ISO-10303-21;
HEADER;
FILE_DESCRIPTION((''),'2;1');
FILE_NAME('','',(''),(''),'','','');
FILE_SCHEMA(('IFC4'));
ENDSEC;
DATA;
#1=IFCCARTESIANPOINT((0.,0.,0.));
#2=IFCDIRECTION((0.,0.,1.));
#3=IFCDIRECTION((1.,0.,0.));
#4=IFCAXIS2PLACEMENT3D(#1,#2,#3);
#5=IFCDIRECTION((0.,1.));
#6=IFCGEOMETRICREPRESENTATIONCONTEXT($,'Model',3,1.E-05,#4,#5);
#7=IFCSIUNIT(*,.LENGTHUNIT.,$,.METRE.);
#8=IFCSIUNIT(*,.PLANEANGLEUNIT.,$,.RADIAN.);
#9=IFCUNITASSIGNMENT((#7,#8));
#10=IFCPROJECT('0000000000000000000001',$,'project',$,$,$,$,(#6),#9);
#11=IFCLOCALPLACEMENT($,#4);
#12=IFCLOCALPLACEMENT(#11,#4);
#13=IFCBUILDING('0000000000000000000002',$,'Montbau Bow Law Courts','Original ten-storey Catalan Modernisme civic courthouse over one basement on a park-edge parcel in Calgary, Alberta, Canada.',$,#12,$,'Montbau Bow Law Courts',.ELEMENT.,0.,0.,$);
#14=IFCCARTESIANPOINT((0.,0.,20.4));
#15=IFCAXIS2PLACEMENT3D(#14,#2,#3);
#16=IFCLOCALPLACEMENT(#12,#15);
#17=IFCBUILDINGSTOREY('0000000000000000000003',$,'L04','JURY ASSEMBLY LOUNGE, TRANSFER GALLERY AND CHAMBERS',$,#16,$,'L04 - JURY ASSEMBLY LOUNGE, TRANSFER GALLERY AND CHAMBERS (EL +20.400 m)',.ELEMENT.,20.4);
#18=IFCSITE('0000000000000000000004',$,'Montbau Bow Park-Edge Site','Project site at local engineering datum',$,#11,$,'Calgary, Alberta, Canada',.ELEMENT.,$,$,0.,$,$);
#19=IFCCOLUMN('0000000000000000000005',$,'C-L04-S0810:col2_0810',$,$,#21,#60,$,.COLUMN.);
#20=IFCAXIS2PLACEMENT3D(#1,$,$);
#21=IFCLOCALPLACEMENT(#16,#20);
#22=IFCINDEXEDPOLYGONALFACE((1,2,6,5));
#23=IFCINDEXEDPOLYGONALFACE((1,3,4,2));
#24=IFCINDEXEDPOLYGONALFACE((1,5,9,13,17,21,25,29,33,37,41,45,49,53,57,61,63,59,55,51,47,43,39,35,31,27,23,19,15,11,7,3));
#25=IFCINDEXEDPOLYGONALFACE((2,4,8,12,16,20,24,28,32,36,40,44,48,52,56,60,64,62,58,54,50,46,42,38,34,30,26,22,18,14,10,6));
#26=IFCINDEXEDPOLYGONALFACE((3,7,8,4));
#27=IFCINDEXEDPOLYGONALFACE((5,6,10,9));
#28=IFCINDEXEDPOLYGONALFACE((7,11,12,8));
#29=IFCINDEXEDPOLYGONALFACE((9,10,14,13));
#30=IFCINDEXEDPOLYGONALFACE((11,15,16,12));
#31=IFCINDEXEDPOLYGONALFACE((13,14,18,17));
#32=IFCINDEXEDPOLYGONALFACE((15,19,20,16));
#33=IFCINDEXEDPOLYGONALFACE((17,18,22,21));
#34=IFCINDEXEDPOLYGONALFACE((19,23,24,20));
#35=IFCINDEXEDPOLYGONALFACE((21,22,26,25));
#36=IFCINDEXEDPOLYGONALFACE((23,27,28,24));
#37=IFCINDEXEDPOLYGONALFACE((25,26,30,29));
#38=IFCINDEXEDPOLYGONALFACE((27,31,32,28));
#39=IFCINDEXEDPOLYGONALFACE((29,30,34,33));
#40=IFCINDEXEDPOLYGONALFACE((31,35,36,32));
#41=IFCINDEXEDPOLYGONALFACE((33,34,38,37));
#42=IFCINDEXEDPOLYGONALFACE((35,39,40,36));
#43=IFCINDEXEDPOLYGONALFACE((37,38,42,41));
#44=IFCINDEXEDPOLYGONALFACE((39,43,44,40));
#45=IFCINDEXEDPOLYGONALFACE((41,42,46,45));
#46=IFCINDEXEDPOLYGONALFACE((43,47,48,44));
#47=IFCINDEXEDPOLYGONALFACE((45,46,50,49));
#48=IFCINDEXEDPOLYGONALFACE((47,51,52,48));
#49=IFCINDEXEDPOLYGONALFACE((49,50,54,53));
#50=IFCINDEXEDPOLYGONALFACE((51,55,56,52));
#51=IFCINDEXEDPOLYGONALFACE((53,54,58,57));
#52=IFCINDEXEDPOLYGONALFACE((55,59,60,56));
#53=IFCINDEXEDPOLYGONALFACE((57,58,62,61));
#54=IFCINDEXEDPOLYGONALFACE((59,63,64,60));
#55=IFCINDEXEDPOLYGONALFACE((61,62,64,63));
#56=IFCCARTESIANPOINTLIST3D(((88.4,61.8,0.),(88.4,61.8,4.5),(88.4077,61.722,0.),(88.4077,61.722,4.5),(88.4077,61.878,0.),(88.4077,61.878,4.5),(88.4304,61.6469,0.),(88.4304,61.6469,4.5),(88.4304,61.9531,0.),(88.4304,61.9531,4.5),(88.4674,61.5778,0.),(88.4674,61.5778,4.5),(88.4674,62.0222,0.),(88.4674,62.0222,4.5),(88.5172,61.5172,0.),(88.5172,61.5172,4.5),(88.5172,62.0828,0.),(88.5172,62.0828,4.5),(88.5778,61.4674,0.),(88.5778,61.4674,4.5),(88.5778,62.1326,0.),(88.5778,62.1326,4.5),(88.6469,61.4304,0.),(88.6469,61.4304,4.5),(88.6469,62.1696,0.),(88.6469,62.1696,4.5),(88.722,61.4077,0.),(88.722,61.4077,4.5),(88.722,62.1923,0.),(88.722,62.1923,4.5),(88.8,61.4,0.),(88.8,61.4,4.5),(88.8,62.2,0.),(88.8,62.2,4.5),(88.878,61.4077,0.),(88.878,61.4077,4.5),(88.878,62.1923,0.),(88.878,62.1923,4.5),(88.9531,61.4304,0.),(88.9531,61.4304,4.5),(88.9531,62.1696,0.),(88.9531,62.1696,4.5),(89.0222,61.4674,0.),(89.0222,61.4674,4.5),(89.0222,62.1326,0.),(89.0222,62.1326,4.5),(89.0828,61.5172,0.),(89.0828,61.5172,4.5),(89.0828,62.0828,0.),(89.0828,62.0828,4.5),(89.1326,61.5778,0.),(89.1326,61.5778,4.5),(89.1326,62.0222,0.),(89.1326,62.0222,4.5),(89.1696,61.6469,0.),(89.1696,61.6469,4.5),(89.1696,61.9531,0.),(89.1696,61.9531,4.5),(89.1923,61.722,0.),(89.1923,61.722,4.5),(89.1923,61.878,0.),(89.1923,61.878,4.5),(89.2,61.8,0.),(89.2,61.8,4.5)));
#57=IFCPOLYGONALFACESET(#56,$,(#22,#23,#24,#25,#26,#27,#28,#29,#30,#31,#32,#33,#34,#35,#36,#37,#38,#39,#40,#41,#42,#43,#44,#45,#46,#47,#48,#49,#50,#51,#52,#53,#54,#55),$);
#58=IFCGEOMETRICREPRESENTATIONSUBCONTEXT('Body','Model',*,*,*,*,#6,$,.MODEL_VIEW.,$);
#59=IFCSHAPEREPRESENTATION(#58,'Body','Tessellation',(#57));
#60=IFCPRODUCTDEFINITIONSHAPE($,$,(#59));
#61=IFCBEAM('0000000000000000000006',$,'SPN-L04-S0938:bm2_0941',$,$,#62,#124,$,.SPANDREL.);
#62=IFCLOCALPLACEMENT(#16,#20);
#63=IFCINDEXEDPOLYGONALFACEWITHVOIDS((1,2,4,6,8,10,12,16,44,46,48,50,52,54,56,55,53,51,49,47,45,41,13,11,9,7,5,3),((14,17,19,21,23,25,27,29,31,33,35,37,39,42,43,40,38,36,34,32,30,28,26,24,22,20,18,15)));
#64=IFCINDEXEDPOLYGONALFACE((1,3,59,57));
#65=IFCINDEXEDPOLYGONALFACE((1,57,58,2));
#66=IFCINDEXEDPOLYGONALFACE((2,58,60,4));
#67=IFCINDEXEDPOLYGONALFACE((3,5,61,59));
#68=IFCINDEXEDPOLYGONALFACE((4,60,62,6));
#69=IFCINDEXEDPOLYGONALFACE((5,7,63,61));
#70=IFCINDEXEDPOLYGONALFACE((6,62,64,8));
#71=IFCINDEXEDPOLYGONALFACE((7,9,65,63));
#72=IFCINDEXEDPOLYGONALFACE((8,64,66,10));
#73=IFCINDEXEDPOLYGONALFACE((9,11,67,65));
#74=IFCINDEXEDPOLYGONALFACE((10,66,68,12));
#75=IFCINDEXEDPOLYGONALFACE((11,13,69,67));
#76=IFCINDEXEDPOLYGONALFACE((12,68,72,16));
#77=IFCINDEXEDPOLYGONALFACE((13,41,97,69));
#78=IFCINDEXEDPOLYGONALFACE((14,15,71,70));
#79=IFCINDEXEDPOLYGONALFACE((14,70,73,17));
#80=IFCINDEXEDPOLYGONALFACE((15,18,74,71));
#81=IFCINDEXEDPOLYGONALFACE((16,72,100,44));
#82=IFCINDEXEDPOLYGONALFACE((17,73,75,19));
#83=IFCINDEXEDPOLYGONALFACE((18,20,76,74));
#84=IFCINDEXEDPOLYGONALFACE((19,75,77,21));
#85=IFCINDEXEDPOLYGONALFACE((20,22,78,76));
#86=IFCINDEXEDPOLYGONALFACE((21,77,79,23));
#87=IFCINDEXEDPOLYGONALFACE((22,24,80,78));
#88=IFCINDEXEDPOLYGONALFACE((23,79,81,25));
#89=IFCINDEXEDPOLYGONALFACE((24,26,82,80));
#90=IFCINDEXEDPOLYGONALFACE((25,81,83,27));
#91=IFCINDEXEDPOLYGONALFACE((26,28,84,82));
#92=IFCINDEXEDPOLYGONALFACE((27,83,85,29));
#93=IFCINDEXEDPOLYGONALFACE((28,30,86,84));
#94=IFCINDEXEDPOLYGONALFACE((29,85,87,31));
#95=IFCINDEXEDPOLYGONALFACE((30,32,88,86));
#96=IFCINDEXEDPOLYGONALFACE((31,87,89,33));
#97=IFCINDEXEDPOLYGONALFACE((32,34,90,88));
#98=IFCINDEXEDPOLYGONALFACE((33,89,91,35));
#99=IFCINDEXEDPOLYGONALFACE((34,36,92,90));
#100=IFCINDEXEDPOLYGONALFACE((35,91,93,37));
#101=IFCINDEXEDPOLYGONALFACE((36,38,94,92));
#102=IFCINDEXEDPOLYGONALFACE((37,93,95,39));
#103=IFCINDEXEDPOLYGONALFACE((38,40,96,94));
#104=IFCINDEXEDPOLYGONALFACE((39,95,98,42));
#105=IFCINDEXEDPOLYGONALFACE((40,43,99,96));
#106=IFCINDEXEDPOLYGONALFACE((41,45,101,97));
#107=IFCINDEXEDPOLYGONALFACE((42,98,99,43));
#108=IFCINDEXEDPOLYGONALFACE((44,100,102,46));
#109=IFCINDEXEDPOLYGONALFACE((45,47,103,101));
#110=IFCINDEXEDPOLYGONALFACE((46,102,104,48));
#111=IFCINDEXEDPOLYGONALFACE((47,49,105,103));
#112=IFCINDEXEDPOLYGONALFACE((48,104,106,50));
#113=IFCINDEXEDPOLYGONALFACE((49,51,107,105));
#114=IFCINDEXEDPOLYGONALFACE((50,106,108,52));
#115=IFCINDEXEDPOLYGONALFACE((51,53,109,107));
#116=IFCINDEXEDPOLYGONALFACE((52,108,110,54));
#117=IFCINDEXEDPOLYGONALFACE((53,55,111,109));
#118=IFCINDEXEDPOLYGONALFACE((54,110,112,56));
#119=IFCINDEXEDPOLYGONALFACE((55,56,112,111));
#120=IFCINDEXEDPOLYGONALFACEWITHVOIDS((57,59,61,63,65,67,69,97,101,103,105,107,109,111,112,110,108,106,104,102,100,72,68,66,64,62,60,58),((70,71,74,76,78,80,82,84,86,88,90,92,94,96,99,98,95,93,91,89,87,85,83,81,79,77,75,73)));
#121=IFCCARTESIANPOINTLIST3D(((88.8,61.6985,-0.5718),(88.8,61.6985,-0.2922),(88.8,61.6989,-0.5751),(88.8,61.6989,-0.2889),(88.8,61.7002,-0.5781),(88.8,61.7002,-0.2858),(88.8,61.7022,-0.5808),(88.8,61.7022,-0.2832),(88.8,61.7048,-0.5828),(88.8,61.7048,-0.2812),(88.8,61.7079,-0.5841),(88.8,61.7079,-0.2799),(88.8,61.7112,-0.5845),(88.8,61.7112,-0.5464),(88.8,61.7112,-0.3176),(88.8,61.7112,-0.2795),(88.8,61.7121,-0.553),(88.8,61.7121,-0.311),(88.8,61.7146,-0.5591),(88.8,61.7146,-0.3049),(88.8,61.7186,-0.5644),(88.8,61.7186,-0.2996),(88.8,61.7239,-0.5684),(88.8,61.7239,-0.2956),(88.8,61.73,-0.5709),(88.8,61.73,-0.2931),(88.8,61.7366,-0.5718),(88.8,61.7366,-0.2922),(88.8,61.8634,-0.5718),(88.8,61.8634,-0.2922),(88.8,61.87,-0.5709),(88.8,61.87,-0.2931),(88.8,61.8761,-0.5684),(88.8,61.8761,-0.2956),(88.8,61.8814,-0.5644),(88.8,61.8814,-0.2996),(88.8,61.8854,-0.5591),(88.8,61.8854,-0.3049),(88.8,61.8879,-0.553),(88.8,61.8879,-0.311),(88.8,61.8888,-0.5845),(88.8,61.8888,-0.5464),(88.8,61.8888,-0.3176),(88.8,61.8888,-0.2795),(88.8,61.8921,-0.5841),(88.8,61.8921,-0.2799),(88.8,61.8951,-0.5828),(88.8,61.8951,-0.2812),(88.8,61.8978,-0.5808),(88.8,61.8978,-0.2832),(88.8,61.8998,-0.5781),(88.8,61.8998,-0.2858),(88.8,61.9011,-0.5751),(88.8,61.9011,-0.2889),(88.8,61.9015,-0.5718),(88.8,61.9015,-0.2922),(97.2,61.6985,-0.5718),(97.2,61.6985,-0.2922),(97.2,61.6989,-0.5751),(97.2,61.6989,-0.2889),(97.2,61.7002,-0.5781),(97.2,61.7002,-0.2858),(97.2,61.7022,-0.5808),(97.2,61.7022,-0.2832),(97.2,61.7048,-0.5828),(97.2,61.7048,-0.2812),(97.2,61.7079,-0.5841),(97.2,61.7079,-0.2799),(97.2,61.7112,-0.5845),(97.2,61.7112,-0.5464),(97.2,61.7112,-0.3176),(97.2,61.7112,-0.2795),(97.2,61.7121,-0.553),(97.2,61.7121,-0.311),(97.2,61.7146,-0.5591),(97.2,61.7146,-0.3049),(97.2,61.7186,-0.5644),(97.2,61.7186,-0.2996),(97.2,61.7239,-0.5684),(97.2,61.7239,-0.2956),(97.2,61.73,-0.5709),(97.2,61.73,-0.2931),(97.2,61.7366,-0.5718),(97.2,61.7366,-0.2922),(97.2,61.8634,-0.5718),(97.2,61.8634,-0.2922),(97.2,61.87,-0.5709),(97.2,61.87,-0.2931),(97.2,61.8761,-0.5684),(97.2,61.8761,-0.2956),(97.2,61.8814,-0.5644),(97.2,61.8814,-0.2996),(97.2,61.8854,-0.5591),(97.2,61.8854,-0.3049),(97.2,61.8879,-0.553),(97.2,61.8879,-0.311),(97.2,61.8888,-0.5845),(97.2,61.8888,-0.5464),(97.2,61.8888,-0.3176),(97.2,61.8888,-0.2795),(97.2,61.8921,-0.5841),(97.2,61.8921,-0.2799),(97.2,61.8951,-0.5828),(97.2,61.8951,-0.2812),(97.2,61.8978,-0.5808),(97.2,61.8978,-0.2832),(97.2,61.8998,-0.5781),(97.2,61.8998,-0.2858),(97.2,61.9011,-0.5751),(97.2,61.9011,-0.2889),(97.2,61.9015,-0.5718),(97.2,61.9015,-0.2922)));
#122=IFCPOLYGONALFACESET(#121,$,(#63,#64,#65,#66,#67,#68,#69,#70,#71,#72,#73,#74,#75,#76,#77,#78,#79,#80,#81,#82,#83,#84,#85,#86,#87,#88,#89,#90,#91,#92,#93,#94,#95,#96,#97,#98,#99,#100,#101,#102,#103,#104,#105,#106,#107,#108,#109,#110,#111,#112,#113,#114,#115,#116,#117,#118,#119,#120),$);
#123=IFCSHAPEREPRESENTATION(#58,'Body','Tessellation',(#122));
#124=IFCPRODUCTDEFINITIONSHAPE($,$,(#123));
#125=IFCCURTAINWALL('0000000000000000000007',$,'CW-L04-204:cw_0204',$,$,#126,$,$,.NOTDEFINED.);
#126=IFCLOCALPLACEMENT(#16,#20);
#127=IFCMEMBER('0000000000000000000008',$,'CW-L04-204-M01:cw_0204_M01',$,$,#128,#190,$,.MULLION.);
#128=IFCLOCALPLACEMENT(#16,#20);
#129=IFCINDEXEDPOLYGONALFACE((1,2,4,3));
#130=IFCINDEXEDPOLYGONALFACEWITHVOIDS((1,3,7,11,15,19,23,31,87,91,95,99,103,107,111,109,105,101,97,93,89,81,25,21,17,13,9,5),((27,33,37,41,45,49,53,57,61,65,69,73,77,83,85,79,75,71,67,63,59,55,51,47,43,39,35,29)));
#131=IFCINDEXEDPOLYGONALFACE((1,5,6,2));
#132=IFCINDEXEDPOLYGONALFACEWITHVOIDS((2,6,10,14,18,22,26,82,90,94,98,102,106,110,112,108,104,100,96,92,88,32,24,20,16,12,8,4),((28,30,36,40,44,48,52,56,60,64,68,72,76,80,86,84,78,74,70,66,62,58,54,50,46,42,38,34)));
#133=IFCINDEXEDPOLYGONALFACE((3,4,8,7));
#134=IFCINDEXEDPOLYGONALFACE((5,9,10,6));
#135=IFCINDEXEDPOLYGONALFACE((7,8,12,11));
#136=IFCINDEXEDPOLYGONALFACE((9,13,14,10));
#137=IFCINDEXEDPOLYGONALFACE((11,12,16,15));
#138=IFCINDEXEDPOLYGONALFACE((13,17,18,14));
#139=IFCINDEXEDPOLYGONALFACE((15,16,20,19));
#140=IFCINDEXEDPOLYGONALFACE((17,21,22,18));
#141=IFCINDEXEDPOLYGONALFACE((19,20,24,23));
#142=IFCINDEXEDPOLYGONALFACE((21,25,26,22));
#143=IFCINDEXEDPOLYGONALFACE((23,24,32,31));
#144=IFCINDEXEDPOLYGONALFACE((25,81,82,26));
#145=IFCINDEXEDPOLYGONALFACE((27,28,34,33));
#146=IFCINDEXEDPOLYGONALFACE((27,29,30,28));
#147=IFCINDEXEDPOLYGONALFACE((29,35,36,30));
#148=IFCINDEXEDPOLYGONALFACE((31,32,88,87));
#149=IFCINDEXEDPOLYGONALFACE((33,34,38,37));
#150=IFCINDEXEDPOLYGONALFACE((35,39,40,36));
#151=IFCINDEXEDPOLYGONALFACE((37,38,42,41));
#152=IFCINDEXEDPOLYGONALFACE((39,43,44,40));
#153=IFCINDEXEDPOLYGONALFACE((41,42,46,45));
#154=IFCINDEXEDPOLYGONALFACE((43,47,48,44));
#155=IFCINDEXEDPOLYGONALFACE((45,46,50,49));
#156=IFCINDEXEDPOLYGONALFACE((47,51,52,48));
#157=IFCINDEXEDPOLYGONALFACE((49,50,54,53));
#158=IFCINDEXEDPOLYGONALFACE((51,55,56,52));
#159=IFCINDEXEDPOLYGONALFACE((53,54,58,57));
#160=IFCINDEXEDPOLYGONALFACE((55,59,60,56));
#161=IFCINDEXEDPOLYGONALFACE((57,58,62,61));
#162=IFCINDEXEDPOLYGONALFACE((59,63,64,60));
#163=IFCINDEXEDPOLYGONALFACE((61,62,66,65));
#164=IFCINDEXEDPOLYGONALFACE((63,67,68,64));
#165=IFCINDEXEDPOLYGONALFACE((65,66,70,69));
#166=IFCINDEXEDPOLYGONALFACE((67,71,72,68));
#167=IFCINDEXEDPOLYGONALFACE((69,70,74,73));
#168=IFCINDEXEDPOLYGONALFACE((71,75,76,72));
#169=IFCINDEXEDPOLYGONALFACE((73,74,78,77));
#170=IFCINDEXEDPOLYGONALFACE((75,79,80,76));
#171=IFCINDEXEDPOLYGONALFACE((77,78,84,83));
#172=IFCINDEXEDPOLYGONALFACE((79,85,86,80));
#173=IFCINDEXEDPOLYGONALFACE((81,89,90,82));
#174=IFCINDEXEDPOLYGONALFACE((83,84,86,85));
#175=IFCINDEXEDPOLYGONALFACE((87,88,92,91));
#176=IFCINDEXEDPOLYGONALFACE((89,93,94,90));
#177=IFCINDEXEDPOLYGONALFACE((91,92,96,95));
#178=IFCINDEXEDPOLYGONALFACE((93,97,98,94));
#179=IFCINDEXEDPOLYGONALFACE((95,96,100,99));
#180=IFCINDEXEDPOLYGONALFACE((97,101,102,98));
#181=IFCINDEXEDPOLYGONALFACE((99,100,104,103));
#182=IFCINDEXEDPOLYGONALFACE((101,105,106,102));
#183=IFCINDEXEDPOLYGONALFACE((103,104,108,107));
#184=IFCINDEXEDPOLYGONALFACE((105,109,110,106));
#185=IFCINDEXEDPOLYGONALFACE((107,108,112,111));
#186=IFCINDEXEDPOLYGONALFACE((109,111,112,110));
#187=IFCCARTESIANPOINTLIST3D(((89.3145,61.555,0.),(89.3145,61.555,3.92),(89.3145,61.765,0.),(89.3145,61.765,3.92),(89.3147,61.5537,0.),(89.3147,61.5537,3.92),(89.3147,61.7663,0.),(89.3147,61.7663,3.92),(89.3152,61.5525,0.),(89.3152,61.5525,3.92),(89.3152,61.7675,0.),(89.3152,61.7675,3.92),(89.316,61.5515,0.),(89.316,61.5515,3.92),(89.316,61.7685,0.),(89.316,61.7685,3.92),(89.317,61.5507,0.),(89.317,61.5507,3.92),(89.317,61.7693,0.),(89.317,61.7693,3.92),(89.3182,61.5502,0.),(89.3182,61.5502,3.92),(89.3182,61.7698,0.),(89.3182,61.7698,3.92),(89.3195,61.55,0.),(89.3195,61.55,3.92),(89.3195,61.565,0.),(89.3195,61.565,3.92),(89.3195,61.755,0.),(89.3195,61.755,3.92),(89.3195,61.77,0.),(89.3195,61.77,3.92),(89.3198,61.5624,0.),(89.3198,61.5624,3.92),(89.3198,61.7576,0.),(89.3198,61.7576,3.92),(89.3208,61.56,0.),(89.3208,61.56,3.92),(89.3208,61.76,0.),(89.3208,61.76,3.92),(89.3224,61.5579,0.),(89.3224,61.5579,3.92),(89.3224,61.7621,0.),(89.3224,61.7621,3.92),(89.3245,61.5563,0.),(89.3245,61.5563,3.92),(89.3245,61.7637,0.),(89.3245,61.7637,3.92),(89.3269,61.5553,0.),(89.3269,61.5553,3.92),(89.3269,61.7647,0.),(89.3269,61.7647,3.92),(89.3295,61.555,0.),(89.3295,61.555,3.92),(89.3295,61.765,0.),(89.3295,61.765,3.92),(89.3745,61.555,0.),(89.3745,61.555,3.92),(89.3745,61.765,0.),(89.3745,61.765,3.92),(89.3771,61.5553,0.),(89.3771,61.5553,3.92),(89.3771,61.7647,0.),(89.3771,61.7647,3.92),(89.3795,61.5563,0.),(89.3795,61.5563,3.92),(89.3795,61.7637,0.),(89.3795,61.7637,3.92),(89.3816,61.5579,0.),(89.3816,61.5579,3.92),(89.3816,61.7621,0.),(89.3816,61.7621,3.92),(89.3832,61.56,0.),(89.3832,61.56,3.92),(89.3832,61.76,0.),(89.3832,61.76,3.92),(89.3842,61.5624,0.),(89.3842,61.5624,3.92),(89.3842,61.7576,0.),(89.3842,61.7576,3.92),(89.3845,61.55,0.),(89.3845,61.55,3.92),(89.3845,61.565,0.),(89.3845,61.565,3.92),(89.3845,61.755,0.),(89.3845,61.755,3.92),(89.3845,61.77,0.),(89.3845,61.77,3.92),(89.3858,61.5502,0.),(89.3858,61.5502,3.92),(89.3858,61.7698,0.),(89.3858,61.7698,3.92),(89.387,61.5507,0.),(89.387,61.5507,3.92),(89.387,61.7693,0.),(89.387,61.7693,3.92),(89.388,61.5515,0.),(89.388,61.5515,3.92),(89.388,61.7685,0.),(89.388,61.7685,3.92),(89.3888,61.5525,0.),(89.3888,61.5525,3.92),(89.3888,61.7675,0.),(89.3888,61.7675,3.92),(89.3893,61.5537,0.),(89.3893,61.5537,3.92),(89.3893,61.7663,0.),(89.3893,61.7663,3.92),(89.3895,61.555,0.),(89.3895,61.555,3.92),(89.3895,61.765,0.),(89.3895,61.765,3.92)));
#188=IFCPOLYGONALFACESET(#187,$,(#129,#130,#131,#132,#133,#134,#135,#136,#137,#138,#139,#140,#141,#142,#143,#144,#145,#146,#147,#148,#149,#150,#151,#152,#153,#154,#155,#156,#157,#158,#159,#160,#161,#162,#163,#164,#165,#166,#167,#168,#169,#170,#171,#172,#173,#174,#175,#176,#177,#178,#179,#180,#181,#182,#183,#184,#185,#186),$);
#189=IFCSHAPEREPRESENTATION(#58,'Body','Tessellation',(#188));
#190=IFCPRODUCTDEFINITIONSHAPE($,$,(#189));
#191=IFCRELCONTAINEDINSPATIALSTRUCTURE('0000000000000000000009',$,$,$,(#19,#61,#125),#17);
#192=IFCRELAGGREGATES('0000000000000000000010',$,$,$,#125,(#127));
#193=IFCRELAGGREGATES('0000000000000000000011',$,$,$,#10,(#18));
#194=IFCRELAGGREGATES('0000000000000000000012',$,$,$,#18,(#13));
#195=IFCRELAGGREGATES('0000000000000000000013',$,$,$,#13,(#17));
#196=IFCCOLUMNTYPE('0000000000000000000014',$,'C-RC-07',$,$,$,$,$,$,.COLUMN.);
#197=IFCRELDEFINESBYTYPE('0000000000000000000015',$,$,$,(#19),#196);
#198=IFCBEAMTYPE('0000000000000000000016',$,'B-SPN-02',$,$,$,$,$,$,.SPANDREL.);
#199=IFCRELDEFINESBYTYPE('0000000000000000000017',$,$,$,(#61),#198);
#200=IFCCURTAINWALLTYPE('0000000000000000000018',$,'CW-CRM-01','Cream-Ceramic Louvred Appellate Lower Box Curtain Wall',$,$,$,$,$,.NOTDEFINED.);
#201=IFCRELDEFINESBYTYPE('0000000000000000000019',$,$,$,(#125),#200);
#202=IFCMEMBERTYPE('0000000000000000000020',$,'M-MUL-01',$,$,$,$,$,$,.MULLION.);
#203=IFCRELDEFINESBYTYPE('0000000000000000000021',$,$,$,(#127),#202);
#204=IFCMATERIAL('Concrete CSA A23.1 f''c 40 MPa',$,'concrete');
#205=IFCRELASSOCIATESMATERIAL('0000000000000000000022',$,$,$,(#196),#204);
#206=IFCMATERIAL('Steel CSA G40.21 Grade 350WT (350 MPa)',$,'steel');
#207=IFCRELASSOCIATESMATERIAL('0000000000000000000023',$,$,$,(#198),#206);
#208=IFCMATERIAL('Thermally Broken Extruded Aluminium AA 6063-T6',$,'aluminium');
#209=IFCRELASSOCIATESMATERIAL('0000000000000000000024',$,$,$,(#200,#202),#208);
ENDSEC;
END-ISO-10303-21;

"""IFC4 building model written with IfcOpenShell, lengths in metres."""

from ifc_helpers import new_model, si_unit, direction, frame, origin_with_axes, origin_2d_with_axis, place, context, subcontext, project, spatial, hollow_rectangle, circle, extrude, material, material_profile, profile_set, type_object, element, aggregate, save


model = new_model("IFC4")

# Units and contexts
model_context = context("Model", 3, precision=1e-05, world=origin_with_axes(), true_north=direction((0.0, 1.0)))
body_context = subcontext(model_context, "Body", "Model", "MODEL_VIEW")
ifc_project = project(units=[si_unit("LENGTHUNIT", "METRE"), si_unit("PLANEANGLEUNIT", "RADIAN")], contexts=[model_context])

# Site, building, storey
site_placement = place(None, origin_with_axes())
site = spatial("IfcSite", under=ifc_project, at=site_placement, Name="Montbau Bow Park-Edge Site", Description="Project site at local engineering datum", LongName="Calgary, Alberta, Canada", CompositionType="ELEMENT", RefElevation=0.0)
building_placement = place(site_placement, origin_with_axes())
building = spatial("IfcBuilding", under=site, at=building_placement, Name="Montbau Bow Law Courts", Description="Original ten-storey Catalan Modernisme civic courthouse over one basement on a park-edge parcel in Calgary, Alberta, Canada.", LongName="Montbau Bow Law Courts", CompositionType="ELEMENT", ElevationOfRefHeight=0.0, ElevationOfTerrain=0.0)
storey_placement = place(building_placement, frame((0.0, 0.0, 20.4), z_axis=(0.0, 0.0, 1.0), x_axis=(1.0, 0.0, 0.0)))
storey = spatial("IfcBuildingStorey", under=building, at=storey_placement, Name="L04", Description="JURY ASSEMBLY LOUNGE, TRANSFER GALLERY AND CHAMBERS", LongName="L04 - JURY ASSEMBLY LOUNGE, TRANSFER GALLERY AND CHAMBERS (EL +20.400 m)", CompositionType="ELEMENT", Elevation=20.4)

# Column
ifc_material_1 = material(Name="Concrete CSA A23.1 f'c 40 MPa", Category="concrete")
ifc_material_profile_1 = material_profile(ifc_material_1, circle(Radius=0.4, at=origin_2d_with_axis()), Name="RC800D", Category="Main", Priority=0)
ifc_profile_set_1 = profile_set([ifc_material_profile_1], Name="Concrete CSA A23.1 f'c 40 MPa")
column_type = type_object("IfcColumnType", Name="C-RC-07", PredefinedType="COLUMN", material=ifc_profile_set_1)
column_placement = place(None, frame((88.8, 61.8, 20.4), z_axis=(0.0, 0.0, 1.0), x_axis=(1.0, 0.0, 0.0)))
element("IfcColumn", 1, at=column_placement, inside=storey, type_object=column_type, Name="C-L04-S0810:col2_0810", PredefinedType="COLUMN", context=body_context, shape_type="SweptSolid", body=[
    extrude(circle(Radius=0.4, at=origin_2d_with_axis()), origin_with_axes(), (0.0, 0.0, 1.0), 4.5),
])

# Beam
ifc_material_2 = material(Name="Steel CSA G40.21 Grade 350WT (350 MPa)", Category="steel")
ifc_material_profile_2 = material_profile(ifc_material_2, hollow_rectangle(XDim=0.203, YDim=0.305, WallThickness=0.0127, InnerFilletRadius=0.0254, OuterFilletRadius=0.0127, at=origin_2d_with_axis()), Name="HSS305X203X13", Category="Main", Priority=0)
ifc_profile_set_2 = profile_set([ifc_material_profile_2], Name="Steel CSA G40.21 Grade 350WT (350 MPa)")
beam_type = type_object("IfcBeamType", Name="B-SPN-02", PredefinedType="SPANDREL", material=ifc_profile_set_2)
beam_placement = place(None, frame((88.8, 61.8, 19.968), z_axis=(1.0, 0.0, 0.0), x_axis=(0.0, 1.0, 0.0)))
element("IfcBeam", 2, at=beam_placement, inside=storey, type_object=beam_type, Name="SPN-L04-S0938:bm2_0941", PredefinedType="SPANDREL", context=body_context, shape_type="SweptSolid", body=[
    extrude(hollow_rectangle(XDim=0.203, YDim=0.305, WallThickness=0.0127, InnerFilletRadius=0.0254, OuterFilletRadius=0.0127, at=origin_2d_with_axis()), origin_with_axes(), (0.0, 0.0, 1.0), 8.4),
])

# Curtain wall, member
ifc_material_3 = material(Name="Thermally Broken Extruded Aluminium AA 6063-T6", Category="aluminium")
curtain_wall_type = type_object("IfcCurtainWallType", Name="CW-CRM-01", Description="Cream-Ceramic Louvred Appellate Lower Box Curtain Wall", PredefinedType="NOTDEFINED", material=ifc_material_3)
curtain_wall_1_placement = place(None, frame((89.315, 61.66, 20.4), z_axis=(0.0, 0.0, 1.0), x_axis=(1.0, 0.0, 0.0)))
curtain_wall_1 = element("IfcCurtainWall", 3, at=curtain_wall_1_placement, inside=storey, type_object=curtain_wall_type, Name="CW-L04-204:cw_0204", PredefinedType="NOTDEFINED")
ifc_material_profile_3 = material_profile(ifc_material_3, hollow_rectangle(XDim=0.075, YDim=0.22, WallThickness=0.005, InnerFilletRadius=0.01, OuterFilletRadius=0.005, at=origin_2d_with_axis()), Name="CWM-220X75", Category="Main", Priority=0)
ifc_profile_set_3 = profile_set([ifc_material_profile_3], Name="Thermally Broken Extruded Aluminium AA 6063-T6")
member_type_1 = type_object("IfcMemberType", Name="M-MUL-01", PredefinedType="MULLION", material=ifc_profile_set_3)
member_1_placement = place(None, frame((89.352, 61.66, 20.4), z_axis=(0.0, 0.0, 1.0), x_axis=(1.0, 0.0, 0.0)))
member_1 = element("IfcMember", 4, at=member_1_placement, type_object=member_type_1, Name="CW-L04-204-M01:cw_0204_M01", PredefinedType="MULLION", context=body_context, shape_type="SweptSolid", body=[
    extrude(hollow_rectangle(XDim=0.075, YDim=0.22, WallThickness=0.005, InnerFilletRadius=0.01, OuterFilletRadius=0.005, at=origin_2d_with_axis()), origin_with_axes(), (0.0, 0.0, 1.0), 3.92),
])

aggregate(curtain_wall_1, [member_1])

save(model, "model.ifc")
